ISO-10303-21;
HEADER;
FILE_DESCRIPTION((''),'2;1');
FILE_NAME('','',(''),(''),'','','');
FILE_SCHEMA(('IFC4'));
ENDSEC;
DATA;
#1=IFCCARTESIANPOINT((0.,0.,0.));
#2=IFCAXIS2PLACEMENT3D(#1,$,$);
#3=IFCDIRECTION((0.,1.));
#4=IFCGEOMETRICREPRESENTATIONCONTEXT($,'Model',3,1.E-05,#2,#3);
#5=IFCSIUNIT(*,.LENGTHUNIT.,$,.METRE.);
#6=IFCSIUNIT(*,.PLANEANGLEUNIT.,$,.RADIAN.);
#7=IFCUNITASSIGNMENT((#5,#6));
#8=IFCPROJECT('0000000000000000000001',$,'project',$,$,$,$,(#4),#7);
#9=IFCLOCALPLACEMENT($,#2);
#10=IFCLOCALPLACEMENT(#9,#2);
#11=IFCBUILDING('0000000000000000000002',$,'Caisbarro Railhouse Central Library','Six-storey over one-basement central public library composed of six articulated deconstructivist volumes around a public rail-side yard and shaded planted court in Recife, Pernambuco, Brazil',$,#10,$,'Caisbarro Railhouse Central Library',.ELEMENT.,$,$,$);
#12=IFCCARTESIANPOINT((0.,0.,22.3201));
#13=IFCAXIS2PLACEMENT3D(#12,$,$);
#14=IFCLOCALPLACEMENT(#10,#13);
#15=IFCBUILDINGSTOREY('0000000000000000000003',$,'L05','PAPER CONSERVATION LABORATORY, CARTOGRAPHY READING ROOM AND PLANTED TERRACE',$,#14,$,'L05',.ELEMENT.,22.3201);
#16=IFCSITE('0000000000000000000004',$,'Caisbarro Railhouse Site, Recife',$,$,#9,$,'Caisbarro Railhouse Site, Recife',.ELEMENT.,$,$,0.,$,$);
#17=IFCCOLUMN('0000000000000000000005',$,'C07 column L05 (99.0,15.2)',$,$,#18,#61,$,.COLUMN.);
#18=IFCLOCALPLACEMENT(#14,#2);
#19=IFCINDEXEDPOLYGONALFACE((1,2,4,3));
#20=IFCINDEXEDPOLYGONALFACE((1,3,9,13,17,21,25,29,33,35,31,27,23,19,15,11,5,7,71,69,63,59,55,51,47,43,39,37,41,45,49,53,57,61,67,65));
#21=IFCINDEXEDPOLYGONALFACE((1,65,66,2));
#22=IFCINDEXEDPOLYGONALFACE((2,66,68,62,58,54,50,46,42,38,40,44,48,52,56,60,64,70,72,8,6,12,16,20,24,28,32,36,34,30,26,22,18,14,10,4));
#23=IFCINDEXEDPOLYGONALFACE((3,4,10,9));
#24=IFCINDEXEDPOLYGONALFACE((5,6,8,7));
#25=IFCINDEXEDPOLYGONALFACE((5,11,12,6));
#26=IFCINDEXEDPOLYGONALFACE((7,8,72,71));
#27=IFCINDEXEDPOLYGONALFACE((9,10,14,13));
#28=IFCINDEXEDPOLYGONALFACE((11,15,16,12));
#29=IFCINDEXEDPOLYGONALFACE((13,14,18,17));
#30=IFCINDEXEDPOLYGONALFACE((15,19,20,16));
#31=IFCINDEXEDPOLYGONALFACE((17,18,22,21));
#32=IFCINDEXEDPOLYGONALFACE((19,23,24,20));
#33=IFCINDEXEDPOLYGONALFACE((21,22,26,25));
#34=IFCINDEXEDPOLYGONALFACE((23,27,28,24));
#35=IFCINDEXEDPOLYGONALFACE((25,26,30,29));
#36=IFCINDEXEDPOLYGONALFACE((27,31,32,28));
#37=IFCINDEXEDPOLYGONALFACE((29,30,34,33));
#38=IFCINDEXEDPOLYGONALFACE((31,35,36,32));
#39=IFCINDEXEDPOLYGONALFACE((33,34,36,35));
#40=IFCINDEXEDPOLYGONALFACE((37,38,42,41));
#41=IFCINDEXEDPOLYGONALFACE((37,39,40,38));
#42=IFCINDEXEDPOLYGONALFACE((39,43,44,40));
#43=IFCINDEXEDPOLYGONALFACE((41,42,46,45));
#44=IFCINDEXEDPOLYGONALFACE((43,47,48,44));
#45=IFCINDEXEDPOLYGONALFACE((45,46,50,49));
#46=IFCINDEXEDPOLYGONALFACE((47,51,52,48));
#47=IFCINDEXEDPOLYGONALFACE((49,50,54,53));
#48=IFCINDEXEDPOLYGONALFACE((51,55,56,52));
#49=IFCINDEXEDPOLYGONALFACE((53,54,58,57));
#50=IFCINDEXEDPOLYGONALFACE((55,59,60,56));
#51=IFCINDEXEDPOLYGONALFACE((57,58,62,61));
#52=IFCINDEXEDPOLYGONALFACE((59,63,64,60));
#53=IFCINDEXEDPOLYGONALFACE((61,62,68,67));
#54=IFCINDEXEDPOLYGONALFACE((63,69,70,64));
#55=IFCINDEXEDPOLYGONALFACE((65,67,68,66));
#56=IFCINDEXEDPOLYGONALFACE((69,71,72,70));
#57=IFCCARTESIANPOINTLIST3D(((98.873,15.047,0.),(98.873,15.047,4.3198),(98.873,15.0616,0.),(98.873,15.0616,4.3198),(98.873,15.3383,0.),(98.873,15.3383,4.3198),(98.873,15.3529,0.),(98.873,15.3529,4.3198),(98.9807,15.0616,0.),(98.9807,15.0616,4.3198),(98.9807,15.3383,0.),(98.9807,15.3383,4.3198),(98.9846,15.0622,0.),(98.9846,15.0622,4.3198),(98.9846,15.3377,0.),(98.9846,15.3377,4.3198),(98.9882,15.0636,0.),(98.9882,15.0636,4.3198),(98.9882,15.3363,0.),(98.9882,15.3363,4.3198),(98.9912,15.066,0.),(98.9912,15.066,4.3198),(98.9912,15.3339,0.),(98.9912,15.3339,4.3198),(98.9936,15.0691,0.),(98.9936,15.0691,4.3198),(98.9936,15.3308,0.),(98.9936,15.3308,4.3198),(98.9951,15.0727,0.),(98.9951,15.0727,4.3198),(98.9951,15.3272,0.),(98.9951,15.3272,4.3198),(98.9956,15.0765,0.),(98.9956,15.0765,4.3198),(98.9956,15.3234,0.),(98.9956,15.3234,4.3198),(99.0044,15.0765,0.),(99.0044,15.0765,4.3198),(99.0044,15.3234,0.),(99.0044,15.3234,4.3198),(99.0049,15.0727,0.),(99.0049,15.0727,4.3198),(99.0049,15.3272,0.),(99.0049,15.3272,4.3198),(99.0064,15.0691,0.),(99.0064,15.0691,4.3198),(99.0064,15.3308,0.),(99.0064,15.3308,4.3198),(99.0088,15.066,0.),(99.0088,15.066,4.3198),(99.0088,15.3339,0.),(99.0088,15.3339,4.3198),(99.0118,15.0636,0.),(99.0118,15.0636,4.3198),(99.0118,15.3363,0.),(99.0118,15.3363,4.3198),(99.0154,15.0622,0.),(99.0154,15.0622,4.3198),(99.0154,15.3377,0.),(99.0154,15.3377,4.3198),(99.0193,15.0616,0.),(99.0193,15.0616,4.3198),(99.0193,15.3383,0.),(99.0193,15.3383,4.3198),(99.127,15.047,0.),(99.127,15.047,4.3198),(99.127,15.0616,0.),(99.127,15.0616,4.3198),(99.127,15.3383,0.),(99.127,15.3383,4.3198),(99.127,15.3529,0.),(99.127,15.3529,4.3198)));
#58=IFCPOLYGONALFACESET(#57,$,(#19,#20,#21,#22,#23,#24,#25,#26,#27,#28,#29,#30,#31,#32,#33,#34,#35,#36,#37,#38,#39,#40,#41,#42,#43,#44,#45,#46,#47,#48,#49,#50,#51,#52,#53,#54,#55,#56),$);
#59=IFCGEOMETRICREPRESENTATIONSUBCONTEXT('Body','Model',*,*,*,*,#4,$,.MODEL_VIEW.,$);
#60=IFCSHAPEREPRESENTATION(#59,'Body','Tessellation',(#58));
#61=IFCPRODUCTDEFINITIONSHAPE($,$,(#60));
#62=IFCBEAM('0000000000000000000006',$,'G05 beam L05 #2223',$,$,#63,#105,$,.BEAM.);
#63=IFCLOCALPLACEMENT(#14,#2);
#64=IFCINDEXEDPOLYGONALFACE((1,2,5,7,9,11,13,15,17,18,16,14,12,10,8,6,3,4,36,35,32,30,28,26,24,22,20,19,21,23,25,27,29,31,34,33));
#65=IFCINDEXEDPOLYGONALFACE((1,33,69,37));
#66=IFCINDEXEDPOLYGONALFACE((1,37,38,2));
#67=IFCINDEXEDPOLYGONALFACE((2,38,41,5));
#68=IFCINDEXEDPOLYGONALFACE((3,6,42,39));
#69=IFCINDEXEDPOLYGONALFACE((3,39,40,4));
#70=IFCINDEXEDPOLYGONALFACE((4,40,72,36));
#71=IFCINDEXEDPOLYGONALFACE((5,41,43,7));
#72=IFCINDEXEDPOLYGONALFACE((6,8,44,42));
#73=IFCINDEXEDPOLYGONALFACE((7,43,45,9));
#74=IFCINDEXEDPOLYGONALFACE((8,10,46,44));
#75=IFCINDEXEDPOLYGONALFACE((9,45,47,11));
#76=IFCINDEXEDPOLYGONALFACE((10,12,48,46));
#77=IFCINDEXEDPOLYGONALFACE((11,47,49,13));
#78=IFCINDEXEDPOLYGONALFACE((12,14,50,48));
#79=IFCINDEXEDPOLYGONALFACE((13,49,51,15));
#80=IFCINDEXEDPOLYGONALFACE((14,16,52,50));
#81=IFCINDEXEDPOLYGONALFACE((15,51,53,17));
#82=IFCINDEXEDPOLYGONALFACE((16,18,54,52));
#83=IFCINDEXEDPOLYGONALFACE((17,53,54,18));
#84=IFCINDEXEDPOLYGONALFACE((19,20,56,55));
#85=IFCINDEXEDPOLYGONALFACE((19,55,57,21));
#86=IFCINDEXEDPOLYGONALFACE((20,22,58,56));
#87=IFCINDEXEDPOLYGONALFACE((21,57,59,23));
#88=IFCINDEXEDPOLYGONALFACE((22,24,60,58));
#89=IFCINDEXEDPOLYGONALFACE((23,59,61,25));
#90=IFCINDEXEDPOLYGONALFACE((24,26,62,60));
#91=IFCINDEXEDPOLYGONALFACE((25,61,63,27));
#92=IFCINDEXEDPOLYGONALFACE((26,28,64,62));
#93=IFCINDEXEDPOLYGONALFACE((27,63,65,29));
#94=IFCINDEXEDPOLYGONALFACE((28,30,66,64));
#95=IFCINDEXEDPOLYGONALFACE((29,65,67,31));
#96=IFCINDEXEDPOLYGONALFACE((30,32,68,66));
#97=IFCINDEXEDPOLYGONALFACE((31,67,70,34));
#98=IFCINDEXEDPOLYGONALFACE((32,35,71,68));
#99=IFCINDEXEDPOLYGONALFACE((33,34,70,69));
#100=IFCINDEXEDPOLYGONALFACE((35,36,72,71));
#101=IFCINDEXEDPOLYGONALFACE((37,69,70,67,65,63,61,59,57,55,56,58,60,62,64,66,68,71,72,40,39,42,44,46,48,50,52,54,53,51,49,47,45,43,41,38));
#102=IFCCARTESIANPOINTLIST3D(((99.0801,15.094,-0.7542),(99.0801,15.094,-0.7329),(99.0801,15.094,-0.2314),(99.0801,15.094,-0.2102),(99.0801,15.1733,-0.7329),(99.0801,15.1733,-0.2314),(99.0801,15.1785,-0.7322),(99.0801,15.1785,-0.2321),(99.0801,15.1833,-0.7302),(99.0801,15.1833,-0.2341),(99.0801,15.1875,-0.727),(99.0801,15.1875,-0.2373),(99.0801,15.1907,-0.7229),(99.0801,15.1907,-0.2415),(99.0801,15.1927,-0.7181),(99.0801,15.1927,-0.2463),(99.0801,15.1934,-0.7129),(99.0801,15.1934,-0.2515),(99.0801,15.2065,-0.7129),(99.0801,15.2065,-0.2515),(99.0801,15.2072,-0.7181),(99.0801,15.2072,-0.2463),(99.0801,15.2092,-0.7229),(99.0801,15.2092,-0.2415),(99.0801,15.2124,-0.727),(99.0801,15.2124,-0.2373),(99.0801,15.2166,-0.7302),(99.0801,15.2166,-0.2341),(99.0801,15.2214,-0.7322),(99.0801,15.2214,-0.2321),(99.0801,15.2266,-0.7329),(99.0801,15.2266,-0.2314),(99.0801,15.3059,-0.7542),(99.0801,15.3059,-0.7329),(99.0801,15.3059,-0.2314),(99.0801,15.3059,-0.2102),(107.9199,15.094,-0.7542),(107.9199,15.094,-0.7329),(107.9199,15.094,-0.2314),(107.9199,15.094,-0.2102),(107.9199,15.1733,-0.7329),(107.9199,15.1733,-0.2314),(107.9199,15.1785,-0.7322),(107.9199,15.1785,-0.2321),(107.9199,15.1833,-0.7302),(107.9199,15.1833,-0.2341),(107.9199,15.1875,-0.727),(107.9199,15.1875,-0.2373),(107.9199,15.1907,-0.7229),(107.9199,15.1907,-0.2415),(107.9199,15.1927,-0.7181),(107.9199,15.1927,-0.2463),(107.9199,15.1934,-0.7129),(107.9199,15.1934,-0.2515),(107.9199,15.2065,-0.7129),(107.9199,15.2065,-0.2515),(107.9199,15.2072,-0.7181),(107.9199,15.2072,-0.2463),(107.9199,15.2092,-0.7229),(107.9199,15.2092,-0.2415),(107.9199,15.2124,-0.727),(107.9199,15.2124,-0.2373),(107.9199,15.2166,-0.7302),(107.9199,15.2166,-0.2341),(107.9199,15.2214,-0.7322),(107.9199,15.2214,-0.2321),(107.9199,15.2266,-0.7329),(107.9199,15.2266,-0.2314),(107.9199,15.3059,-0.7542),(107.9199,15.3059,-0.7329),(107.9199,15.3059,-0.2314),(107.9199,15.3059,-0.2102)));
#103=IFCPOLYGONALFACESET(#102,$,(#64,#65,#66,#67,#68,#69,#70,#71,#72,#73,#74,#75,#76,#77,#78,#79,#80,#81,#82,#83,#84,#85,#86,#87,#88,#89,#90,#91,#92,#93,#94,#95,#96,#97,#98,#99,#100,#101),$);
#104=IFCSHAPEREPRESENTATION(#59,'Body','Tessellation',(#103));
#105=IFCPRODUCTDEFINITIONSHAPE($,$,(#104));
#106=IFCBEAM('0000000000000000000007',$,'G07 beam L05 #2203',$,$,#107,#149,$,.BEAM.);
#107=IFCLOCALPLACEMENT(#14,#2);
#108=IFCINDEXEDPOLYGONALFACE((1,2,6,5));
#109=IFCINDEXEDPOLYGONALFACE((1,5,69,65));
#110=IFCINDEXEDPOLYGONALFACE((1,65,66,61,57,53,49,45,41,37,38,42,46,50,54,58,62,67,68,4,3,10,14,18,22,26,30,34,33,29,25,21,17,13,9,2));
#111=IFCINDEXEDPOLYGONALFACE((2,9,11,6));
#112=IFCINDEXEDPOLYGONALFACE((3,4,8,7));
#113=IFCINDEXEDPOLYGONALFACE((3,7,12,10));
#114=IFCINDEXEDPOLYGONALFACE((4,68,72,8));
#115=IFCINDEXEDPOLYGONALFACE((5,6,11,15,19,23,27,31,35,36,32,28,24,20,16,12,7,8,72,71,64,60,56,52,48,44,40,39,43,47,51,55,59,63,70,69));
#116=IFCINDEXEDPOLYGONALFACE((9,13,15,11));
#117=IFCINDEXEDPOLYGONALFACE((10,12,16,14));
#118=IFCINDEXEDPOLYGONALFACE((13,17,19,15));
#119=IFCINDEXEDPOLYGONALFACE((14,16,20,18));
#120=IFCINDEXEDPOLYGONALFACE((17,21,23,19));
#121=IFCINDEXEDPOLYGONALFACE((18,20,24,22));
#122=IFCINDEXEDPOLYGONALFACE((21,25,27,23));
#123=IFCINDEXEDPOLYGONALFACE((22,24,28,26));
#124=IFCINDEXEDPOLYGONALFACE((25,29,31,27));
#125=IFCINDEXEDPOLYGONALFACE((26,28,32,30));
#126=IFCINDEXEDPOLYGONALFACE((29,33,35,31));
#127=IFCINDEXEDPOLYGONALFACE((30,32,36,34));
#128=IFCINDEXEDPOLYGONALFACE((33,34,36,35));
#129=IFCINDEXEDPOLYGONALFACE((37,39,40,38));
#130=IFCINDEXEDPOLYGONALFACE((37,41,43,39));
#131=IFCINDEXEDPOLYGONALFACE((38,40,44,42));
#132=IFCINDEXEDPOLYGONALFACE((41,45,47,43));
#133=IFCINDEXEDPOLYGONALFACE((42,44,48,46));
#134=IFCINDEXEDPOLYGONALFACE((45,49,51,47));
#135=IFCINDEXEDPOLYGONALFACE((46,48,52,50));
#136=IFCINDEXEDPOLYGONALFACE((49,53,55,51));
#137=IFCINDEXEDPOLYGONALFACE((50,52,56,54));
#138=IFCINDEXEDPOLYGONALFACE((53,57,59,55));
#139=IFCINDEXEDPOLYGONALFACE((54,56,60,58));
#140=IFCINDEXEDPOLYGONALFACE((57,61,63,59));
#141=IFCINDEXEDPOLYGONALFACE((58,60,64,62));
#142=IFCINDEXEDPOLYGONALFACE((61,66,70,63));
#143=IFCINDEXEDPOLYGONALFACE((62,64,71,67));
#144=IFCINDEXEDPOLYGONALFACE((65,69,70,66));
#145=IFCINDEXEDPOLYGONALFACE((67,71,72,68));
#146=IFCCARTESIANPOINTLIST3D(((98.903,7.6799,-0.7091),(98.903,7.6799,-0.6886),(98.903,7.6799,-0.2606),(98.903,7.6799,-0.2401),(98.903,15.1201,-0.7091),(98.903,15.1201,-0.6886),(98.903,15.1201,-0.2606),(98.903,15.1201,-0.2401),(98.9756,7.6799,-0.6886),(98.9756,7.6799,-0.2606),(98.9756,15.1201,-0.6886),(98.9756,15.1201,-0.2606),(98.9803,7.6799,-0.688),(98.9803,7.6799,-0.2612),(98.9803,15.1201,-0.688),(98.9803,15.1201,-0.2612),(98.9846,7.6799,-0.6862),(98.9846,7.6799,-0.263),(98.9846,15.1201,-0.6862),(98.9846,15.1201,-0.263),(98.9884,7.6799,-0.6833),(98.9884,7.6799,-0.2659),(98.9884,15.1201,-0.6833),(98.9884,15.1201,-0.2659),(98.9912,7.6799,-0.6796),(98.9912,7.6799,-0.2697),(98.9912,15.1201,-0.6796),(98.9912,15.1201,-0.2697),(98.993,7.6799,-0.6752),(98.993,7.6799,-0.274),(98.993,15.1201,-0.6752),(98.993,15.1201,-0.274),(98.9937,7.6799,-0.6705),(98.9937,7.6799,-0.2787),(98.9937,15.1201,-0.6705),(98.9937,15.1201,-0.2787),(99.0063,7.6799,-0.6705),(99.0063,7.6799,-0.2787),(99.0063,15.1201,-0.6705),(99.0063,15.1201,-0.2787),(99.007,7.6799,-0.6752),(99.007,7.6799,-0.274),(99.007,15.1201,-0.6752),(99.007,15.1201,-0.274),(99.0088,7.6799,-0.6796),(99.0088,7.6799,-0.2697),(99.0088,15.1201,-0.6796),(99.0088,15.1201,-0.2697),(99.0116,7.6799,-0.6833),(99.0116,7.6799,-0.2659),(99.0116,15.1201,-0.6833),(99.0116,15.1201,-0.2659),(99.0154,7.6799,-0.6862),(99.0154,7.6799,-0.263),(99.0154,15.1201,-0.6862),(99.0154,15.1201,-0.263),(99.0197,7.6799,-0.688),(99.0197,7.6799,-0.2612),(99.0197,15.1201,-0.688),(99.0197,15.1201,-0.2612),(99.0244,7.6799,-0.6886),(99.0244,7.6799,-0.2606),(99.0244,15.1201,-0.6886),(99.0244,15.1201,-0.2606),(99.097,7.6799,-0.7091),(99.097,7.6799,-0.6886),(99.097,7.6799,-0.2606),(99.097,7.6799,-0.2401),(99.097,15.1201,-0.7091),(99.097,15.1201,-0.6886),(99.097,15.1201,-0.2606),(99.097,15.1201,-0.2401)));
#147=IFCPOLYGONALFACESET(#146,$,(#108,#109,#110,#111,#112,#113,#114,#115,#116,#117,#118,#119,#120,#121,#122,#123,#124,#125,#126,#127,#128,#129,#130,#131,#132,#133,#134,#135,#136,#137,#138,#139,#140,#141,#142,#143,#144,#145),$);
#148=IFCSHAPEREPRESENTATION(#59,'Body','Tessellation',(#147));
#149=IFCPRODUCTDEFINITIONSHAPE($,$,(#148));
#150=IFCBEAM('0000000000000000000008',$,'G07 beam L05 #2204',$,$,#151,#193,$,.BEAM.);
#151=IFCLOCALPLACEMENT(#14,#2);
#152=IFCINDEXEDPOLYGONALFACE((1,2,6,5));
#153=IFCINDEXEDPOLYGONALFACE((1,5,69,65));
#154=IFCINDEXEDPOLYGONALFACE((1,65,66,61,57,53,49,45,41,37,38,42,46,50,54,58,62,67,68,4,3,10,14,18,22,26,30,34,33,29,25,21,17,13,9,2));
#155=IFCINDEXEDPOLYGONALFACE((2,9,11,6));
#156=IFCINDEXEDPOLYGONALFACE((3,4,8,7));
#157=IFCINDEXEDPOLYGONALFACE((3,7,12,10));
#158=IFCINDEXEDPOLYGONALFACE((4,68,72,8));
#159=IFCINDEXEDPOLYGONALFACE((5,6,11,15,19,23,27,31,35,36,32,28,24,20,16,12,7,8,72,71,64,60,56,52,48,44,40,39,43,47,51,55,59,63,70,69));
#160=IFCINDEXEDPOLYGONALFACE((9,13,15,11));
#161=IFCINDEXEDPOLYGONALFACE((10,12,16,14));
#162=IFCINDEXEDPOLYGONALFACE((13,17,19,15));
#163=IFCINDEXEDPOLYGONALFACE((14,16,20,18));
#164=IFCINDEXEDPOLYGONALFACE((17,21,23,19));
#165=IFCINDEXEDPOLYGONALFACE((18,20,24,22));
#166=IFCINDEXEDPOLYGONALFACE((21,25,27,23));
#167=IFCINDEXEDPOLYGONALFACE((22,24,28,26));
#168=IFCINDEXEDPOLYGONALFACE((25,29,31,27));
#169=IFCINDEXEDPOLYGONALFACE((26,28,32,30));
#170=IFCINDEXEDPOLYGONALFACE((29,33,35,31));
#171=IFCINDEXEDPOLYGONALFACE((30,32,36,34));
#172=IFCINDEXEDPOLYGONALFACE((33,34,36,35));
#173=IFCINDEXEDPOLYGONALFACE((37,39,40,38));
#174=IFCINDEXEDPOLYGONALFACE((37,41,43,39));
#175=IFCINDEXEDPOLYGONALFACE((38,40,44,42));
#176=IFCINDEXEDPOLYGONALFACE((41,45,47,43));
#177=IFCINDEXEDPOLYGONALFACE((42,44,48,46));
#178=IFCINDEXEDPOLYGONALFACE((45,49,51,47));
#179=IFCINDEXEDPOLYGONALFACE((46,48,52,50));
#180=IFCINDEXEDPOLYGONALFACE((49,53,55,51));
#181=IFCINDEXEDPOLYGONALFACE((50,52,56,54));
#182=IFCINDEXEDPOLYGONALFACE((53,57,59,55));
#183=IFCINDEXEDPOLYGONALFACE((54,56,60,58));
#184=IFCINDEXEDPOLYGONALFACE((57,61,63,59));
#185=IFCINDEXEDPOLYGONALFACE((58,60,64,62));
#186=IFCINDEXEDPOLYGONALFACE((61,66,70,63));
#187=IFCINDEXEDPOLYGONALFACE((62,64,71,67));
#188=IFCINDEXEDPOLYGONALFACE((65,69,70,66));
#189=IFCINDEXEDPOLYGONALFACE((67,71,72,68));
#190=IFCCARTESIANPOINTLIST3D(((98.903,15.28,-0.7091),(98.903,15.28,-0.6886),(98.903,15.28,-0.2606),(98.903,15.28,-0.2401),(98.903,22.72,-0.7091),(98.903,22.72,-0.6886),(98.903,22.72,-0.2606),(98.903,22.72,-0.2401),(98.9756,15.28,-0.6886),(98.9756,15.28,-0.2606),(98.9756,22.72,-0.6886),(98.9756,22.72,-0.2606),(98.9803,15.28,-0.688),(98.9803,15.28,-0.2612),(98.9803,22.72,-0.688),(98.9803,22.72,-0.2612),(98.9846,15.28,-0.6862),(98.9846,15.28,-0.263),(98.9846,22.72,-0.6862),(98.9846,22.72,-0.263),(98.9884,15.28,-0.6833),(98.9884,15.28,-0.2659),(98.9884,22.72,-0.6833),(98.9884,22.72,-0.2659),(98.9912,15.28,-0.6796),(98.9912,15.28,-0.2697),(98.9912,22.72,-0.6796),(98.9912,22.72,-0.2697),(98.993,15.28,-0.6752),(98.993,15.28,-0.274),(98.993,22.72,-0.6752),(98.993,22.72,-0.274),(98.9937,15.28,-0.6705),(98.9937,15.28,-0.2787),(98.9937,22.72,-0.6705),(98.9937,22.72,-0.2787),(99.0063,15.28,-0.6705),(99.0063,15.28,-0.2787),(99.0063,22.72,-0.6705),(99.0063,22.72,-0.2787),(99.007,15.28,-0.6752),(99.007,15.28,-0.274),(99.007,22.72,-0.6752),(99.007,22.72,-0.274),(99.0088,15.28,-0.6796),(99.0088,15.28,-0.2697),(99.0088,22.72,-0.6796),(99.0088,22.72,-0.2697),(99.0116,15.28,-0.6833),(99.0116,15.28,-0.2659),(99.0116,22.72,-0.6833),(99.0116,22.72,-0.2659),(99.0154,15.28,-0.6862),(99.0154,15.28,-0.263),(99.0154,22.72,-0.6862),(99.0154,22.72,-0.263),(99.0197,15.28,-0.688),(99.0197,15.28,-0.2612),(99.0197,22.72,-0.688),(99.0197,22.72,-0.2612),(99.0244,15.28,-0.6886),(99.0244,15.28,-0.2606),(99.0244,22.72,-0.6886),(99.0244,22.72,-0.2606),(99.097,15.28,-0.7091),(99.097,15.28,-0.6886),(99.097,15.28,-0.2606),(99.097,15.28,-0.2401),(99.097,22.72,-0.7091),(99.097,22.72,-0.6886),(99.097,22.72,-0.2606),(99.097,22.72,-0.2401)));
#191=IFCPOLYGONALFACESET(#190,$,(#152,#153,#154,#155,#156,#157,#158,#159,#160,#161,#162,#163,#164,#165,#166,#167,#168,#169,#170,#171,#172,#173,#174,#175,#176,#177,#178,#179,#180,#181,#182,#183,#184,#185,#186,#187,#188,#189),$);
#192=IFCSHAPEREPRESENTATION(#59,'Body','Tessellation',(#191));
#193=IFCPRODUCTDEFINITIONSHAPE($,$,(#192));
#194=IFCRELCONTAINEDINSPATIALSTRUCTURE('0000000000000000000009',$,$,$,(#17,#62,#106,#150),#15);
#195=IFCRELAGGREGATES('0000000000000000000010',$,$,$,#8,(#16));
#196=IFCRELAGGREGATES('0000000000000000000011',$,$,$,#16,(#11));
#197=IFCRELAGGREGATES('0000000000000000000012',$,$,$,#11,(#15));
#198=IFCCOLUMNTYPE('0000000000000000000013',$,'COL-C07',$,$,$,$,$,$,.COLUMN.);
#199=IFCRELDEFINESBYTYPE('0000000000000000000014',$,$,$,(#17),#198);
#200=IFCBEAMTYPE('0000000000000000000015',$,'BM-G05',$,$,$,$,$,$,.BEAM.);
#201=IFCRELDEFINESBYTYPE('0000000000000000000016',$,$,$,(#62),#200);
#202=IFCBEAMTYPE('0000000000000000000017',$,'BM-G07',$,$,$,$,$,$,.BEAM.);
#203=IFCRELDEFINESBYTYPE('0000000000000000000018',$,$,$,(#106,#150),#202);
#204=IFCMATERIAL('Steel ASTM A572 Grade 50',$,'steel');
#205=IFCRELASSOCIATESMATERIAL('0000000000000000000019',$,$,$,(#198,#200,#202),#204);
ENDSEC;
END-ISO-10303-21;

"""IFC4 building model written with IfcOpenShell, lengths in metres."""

from ifc_helpers import new_model, si_unit, direction, frame, origin, origin_2d, place, context, subcontext, project, spatial, i_section, extrude, material, material_profile, profile_set, type_object, element, save


model = new_model("IFC4")

# Units and contexts
model_context = context("Model", 3, precision=1e-05, world=origin(), true_north=direction((0.0, 1.0)))
body_context = subcontext(model_context, "Body", "Model", "MODEL_VIEW")
ifc_project = project(units=[si_unit("LENGTHUNIT", "METRE"), si_unit("PLANEANGLEUNIT", "RADIAN")], contexts=[model_context])

# Site, building, storey
site_placement = place(None, origin())
site = spatial("IfcSite", under=ifc_project, at=site_placement, Name="Caisbarro Railhouse Site, Recife", LongName="Caisbarro Railhouse Site, Recife", CompositionType="ELEMENT", RefElevation=0.0)
building_placement = place(site_placement, origin())
building = spatial("IfcBuilding", under=site, at=building_placement, Name="Caisbarro Railhouse Central Library", Description="Six-storey over one-basement central public library composed of six articulated deconstructivist volumes around a public rail-side yard and shaded planted court in Recife, Pernambuco, Brazil", LongName="Caisbarro Railhouse Central Library", CompositionType="ELEMENT")
storey_placement = place(building_placement, frame((0.0, 0.0, 22.3201)))
storey = spatial("IfcBuildingStorey", under=building, at=storey_placement, Name="L05", Description="PAPER CONSERVATION LABORATORY, CARTOGRAPHY READING ROOM AND PLANTED TERRACE", LongName="L05", CompositionType="ELEMENT", Elevation=22.3201)

# Column
ifc_material_1 = material(Name="Steel ASTM A572 Grade 50", Category="steel")
ifc_material_profile_1 = material_profile(ifc_material_1, i_section(OverallWidth=0.2539, OverallDepth=0.3059, WebThickness=0.0088, FlangeThickness=0.0146, FilletRadius=0.0149, at=origin_2d()), Name="W310X79.0")
ifc_profile_set_1 = profile_set([ifc_material_profile_1], Name="Steel ASTM A572 Grade 50")
column_type = type_object("IfcColumnType", Name="COL-C07", PredefinedType="COLUMN", material=ifc_profile_set_1)
column_placement = place(storey_placement, frame((99.0, 15.2, 0.0), z_axis=(0.0, 0.0, 1.0), x_axis=(1.0, 0.0, 0.0)))
element("IfcColumn", 1, at=column_placement, inside=storey, type_object=column_type, Name="C07 column L05 (99.0,15.2)", PredefinedType="COLUMN", context=body_context, shape_type="SweptSolid", body=[
    extrude(i_section(OverallWidth=0.2539, OverallDepth=0.3059, WebThickness=0.0088, FlangeThickness=0.0146, FilletRadius=0.0149, at=origin_2d()), origin(), (0.0, 0.0, 1.0), 4.3198),
])

# Beams
ifc_material_profile_2 = material_profile(ifc_material_1, i_section(OverallWidth=0.2119, OverallDepth=0.5439, WebThickness=0.0132, FlangeThickness=0.0212, FilletRadius=0.02, at=origin_2d()), Name="W530X123.0")
ifc_profile_set_2 = profile_set([ifc_material_profile_2], Name="Steel ASTM A572 Grade 50")
beam_type_1 = type_object("IfcBeamType", Name="BM-G05", PredefinedType="BEAM", material=ifc_profile_set_2)
beam_1_placement = place(storey_placement, frame((99.0801, 15.2, -0.4822), z_axis=(1.0, 0.0, 0.0), x_axis=(0.0, 1.0, 0.0)))
element("IfcBeam", 2, at=beam_1_placement, inside=storey, type_object=beam_type_1, Name="G05 beam L05 #2223", PredefinedType="BEAM", context=body_context, shape_type="SweptSolid", body=[
    extrude(i_section(OverallWidth=0.2119, OverallDepth=0.5439, WebThickness=0.0132, FlangeThickness=0.0212, FilletRadius=0.02, at=origin_2d()), origin(), (0.0, 0.0, 1.0), 8.8398),
])
ifc_material_profile_3 = material_profile(ifc_material_1, i_section(OverallWidth=0.1941, OverallDepth=0.469, WebThickness=0.0127, FlangeThickness=0.0205, FilletRadius=0.0181, at=origin_2d()), Name="W460X106.0")
ifc_profile_set_3 = profile_set([ifc_material_profile_3], Name="Steel ASTM A572 Grade 50")
beam_type_2 = type_object("IfcBeamType", Name="BM-G07", PredefinedType="BEAM", material=ifc_profile_set_3)
beam_2_placement = place(storey_placement, frame((99.0, 7.6799, -0.4746), z_axis=(0.0, 1.0, 0.0), x_axis=(-1.0, 0.0, 0.0)))
element("IfcBeam", 3, at=beam_2_placement, inside=storey, type_object=beam_type_2, Name="G07 beam L05 #2203", PredefinedType="BEAM", context=body_context, shape_type="SweptSolid", body=[
    extrude(i_section(OverallWidth=0.1941, OverallDepth=0.469, WebThickness=0.0127, FlangeThickness=0.0205, FilletRadius=0.0181, at=origin_2d()), origin(), (0.0, 0.0, 1.0), 7.4402),
])
beam_3_placement = place(storey_placement, frame((99.0, 15.28, -0.4746), z_axis=(0.0, 1.0, 0.0), x_axis=(-1.0, 0.0, 0.0)))
element("IfcBeam", 4, at=beam_3_placement, inside=storey, type_object=beam_type_2, Name="G07 beam L05 #2204", PredefinedType="BEAM", context=body_context, shape_type="SweptSolid", body=[
    extrude(i_section(OverallWidth=0.1941, OverallDepth=0.469, WebThickness=0.0127, FlangeThickness=0.0205, FilletRadius=0.0181, at=origin_2d()), origin(), (0.0, 0.0, 1.0), 7.4399),
])

save(model, "model.ifc")
